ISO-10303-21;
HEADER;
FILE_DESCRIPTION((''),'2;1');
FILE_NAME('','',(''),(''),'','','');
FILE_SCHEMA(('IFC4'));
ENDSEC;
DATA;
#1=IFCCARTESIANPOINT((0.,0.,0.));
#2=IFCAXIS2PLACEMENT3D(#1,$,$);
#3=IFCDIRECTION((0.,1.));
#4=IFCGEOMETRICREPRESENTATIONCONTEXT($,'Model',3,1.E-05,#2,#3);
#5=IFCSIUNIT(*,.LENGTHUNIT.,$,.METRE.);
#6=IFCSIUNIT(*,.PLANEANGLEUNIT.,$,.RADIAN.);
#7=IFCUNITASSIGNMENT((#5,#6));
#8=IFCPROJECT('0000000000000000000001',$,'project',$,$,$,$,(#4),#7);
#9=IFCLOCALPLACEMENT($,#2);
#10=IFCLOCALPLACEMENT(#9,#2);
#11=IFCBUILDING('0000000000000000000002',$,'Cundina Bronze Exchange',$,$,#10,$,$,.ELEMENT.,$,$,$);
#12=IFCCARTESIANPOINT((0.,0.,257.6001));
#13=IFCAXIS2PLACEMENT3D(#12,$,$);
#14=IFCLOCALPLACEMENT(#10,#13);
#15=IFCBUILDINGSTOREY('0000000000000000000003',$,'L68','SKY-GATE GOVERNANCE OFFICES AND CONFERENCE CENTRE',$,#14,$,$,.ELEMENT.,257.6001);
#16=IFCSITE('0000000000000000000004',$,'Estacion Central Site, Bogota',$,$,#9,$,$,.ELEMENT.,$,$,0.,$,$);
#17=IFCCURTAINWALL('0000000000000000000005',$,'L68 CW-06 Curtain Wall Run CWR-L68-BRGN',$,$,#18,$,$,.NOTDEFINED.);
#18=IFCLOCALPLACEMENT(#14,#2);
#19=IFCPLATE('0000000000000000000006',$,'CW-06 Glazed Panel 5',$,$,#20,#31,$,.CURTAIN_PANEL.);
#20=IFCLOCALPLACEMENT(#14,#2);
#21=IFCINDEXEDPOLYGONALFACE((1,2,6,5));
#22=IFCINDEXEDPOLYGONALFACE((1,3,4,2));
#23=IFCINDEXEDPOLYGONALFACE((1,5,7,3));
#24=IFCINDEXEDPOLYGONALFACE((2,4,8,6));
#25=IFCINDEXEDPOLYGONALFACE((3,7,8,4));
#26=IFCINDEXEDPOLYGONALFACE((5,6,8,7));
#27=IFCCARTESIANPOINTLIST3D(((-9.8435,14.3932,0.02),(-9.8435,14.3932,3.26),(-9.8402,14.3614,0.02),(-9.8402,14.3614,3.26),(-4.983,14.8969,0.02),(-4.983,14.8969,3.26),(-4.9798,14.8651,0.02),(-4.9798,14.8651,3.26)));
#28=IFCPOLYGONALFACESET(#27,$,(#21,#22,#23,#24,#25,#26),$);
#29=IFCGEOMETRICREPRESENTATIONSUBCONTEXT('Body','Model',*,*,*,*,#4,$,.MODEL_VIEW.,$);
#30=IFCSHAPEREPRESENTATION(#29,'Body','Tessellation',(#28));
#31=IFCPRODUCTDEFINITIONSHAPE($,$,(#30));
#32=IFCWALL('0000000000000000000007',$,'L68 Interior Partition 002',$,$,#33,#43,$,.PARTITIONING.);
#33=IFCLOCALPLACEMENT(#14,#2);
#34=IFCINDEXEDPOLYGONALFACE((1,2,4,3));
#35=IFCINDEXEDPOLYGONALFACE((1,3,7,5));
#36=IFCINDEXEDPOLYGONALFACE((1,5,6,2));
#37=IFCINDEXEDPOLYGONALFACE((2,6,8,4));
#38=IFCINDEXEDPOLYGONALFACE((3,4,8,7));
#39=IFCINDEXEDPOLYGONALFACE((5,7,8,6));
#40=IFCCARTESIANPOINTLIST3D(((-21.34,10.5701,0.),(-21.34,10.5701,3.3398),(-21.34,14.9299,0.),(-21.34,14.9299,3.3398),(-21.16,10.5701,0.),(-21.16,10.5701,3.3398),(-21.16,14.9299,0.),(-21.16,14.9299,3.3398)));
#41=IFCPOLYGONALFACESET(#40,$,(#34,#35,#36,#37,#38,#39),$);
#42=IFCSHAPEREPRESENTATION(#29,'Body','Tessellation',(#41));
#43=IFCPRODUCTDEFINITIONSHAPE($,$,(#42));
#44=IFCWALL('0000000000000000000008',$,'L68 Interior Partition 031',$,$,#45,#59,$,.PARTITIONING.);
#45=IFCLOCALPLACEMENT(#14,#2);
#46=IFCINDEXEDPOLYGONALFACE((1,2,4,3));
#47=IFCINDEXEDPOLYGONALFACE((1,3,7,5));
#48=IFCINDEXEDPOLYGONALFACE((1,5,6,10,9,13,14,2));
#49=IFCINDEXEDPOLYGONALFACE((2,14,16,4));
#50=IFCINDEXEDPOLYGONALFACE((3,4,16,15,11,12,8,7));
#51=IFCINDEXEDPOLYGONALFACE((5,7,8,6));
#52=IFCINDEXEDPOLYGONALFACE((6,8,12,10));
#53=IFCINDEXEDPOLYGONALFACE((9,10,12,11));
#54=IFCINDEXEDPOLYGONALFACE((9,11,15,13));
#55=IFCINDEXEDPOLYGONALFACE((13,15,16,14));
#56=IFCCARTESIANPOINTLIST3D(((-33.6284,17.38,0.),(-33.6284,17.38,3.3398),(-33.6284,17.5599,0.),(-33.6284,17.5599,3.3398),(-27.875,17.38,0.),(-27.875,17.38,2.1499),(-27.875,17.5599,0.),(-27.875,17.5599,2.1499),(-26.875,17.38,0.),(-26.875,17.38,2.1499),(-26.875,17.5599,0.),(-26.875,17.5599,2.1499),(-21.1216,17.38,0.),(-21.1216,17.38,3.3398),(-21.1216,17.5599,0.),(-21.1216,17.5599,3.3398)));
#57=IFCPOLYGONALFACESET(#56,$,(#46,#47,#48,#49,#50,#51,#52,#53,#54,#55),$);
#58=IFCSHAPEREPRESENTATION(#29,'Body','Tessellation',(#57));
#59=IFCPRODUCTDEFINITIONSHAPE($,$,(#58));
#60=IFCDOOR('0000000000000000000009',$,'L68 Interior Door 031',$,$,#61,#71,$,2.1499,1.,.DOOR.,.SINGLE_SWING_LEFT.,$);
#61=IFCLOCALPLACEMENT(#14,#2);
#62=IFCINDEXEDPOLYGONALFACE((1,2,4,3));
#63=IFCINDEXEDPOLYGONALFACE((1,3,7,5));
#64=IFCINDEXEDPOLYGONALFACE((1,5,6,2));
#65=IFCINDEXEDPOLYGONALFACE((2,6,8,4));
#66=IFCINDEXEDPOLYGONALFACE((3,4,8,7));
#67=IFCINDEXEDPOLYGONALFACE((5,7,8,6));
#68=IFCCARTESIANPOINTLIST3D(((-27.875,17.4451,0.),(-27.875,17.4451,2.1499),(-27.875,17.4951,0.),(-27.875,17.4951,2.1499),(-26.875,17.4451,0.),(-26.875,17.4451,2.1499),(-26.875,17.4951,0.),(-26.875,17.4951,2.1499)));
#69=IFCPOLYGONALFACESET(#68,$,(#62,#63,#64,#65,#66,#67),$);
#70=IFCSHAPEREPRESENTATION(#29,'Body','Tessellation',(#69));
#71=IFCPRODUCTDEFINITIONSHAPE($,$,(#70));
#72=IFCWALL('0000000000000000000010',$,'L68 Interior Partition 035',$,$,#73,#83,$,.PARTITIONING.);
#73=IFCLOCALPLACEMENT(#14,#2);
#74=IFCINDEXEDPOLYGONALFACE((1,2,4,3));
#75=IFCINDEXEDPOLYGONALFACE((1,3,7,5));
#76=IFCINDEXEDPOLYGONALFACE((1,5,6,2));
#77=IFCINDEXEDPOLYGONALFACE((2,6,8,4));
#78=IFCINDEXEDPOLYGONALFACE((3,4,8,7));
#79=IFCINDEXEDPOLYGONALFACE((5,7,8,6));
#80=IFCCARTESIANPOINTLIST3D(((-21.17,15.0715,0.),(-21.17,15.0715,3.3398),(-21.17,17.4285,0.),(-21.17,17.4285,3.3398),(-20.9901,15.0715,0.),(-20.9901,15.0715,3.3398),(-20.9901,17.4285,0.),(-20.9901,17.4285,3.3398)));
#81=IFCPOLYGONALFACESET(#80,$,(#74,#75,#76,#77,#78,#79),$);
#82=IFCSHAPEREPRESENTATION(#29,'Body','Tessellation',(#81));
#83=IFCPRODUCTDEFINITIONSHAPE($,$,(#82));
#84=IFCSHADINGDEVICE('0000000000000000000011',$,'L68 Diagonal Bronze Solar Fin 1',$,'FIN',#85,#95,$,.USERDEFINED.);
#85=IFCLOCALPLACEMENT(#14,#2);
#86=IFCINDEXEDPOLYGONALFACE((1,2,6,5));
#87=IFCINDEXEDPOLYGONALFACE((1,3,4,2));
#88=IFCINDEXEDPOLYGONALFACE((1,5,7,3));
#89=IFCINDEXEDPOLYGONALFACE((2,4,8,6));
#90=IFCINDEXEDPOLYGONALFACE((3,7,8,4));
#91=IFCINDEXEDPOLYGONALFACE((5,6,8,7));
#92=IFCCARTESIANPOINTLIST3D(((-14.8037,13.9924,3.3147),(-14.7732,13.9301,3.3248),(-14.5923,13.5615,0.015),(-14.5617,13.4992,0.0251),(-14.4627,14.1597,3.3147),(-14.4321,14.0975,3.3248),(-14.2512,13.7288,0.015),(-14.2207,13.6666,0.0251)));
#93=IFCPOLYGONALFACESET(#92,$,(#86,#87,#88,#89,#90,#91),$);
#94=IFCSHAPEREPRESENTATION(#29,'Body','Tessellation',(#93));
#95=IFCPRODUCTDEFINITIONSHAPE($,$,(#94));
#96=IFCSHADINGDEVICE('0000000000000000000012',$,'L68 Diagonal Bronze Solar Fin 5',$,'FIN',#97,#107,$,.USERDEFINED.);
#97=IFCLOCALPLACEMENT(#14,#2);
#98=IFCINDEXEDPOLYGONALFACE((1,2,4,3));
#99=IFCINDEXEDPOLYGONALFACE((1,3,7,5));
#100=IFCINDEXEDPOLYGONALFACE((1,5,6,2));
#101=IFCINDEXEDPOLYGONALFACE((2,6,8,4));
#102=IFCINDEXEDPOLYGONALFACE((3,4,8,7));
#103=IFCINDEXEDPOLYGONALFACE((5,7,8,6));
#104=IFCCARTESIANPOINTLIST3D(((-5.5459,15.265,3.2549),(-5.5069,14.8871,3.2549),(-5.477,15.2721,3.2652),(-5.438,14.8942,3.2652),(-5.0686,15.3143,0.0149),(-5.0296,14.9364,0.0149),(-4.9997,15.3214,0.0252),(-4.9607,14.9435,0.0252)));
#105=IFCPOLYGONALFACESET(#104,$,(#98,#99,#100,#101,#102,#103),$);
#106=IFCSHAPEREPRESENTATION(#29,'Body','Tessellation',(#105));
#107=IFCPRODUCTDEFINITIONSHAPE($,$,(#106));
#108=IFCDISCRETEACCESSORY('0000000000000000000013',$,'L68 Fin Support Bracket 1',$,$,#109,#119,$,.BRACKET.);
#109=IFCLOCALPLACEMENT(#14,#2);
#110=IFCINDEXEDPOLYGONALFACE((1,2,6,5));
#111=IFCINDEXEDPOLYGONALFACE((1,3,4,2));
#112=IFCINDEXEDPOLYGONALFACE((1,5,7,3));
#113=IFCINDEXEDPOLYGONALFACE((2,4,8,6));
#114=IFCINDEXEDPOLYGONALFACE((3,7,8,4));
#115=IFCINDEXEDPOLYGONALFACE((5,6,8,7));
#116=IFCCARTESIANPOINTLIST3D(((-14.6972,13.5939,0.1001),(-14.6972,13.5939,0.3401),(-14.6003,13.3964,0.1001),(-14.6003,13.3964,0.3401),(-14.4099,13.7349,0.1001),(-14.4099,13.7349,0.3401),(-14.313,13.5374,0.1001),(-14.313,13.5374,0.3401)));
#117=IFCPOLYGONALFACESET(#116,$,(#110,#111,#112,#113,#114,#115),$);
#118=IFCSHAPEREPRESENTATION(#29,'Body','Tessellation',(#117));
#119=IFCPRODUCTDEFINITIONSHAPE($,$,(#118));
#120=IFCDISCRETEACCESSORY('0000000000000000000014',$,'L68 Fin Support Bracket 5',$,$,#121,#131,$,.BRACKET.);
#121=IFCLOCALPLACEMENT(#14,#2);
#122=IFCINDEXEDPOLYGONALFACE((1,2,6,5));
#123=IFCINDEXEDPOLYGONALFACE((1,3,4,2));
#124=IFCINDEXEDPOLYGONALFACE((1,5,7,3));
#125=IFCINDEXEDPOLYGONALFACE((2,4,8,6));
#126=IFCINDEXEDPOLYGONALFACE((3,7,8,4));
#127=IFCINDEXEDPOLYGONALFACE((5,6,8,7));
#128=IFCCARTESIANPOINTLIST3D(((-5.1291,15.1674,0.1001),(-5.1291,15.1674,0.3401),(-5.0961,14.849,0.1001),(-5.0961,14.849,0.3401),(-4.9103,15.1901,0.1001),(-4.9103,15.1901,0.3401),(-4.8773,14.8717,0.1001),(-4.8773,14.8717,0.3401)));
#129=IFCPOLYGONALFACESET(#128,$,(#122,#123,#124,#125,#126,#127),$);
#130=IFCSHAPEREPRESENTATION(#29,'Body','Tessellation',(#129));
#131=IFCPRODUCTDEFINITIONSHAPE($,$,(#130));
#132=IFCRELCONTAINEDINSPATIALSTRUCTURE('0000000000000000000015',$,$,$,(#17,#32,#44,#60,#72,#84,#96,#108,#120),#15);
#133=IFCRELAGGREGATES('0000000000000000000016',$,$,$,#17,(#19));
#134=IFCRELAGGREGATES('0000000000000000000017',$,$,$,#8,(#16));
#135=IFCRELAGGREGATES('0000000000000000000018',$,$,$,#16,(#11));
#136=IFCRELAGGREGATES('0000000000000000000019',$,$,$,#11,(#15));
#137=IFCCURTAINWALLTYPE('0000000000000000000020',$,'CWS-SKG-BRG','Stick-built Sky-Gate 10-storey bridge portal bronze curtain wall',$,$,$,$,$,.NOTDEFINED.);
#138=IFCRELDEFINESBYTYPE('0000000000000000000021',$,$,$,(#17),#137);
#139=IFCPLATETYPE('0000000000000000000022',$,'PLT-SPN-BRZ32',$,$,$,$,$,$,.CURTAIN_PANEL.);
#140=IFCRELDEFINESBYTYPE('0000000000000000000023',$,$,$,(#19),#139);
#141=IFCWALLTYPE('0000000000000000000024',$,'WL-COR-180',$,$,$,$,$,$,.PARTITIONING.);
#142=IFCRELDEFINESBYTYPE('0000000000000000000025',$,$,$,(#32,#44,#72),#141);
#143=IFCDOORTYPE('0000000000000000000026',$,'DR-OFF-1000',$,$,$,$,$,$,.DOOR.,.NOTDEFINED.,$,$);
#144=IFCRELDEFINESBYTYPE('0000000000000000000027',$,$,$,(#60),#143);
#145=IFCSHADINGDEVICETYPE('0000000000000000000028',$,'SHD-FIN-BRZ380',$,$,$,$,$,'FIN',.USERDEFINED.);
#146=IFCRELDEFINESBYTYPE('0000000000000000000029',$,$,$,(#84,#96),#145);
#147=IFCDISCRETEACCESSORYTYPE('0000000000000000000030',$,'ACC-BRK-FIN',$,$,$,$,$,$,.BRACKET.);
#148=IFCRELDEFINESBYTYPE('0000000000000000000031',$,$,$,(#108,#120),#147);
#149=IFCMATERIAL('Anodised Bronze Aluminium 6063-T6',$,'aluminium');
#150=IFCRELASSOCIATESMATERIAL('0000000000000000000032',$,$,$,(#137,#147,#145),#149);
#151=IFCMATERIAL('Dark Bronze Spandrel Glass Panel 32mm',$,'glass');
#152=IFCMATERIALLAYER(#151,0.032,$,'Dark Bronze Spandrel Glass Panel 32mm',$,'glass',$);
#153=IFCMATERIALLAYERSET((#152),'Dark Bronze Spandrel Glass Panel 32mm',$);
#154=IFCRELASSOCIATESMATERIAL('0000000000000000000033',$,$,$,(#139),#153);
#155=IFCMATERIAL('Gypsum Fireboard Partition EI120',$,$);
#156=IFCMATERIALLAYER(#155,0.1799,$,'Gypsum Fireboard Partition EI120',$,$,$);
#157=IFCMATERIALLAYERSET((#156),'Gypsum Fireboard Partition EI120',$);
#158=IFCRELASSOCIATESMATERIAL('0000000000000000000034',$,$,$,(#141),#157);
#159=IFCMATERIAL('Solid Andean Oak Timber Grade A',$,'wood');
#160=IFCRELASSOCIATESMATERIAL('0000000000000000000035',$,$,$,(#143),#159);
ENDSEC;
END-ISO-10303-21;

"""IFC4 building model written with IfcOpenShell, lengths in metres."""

from ifc_helpers import new_model, si_unit, direction, frame, frame_2d, origin, origin_2d, place, context, subcontext, project, spatial, rectangle, extrude, material, layer, layer_set, material_profile, profile_set, type_object, element, fill, aggregate, save


model = new_model("IFC4")

# Units and contexts
model_context = context("Model", 3, precision=1e-05, world=origin(), true_north=direction((0.0, 1.0)))
body_context = subcontext(model_context, "Body", "Model", "MODEL_VIEW")
ifc_project = project(units=[si_unit("LENGTHUNIT", "METRE"), si_unit("PLANEANGLEUNIT", "RADIAN")], contexts=[model_context])

# Site, building, storey
site_placement = place(None, origin())
site = spatial("IfcSite", under=ifc_project, at=site_placement, Name="Estacion Central Site, Bogota", CompositionType="ELEMENT", RefElevation=0.0)
building_placement = place(site_placement, origin())
building = spatial("IfcBuilding", under=site, at=building_placement, Name="Cundina Bronze Exchange", CompositionType="ELEMENT")
storey_placement = place(building_placement, frame((0.0, 0.0, 257.6001)))
storey = spatial("IfcBuildingStorey", under=building, at=storey_placement, Name="L68", Description="SKY-GATE GOVERNANCE OFFICES AND CONFERENCE CENTRE", CompositionType="ELEMENT", Elevation=257.6001)

# Curtain wall
ifc_material_1 = material(Name="Anodised Bronze Aluminium 6063-T6", Category="aluminium")
curtain_wall_type = type_object("IfcCurtainWallType", Name="CWS-SKG-BRG", Description="Stick-built Sky-Gate 10-storey bridge portal bronze curtain wall", PredefinedType="NOTDEFINED", material=ifc_material_1)
curtain_wall_1_placement = place(storey_placement, origin())
curtain_wall_1 = element("IfcCurtainWall", 1, at=curtain_wall_1_placement, inside=storey, type_object=curtain_wall_type, Name="L68 CW-06 Curtain Wall Run CWR-L68-BRGN", PredefinedType="NOTDEFINED")

# Plate
ifc_material_2 = material(Name="Dark Bronze Spandrel Glass Panel 32mm", Category="glass")
ifc_layer_1 = layer(ifc_material_2, 0.032, Name="Dark Bronze Spandrel Glass Panel 32mm", Category="glass")
ifc_layer_set_1 = layer_set([ifc_layer_1], Name="Dark Bronze Spandrel Glass Panel 32mm")
plate_type_1 = type_object("IfcPlateType", Name="PLT-SPN-BRZ32", PredefinedType="CURTAIN_PANEL", material=ifc_layer_set_1)
plate_1_placement = place(storey_placement, frame((-7.4116, 14.6292, 0.02), z_axis=(0.0, 0.0, 1.0), x_axis=(-0.994672, -0.103088, 0.0)))
plate_1 = element("IfcPlate", 2, at=plate_1_placement, type_object=plate_type_1, Name="CW-06 Glazed Panel 5", PredefinedType="CURTAIN_PANEL", context=body_context, shape_type="SweptSolid", body=[
    extrude(rectangle(XDim=4.8865, YDim=0.032, at=origin_2d()), origin(), (0.0, 0.0, 1.0), 3.24),
])
aggregate(curtain_wall_1, [plate_1])

# Wall
ifc_material_3 = material(Name="Gypsum Fireboard Partition EI120")
ifc_layer_2 = layer(ifc_material_3, 0.1799, Name="Gypsum Fireboard Partition EI120")
ifc_layer_set_2 = layer_set([ifc_layer_2], Name="Gypsum Fireboard Partition EI120")
wall_type = type_object("IfcWallType", Name="WL-COR-180", PredefinedType="PARTITIONING", material=ifc_layer_set_2)
wall_1_placement = place(storey_placement, frame((-21.25, 10.5701, 0.0), z_axis=(0.0, 0.0, 1.0), x_axis=(0.0, 1.0, 0.0)))
element("IfcWall", 3, at=wall_1_placement, inside=storey, type_object=wall_type, Name="L68 Interior Partition 002", PredefinedType="PARTITIONING", context=body_context, shape_type="SweptSolid", body=[
    extrude(rectangle(XDim=4.3599, YDim=0.1799, at=frame_2d((2.1799, 0.0))), origin(), (0.0, 0.0, 1.0), 3.3398),
])

# Wall, opening, door
wall_2_placement = place(storey_placement, frame((-21.1216, 17.47, 0.0), z_axis=(0.0, 0.0, 1.0), x_axis=(-1.0, 0.0, 0.0)))
wall_2 = element("IfcWall", 4, at=wall_2_placement, inside=storey, type_object=wall_type, Name="L68 Interior Partition 031", PredefinedType="PARTITIONING", context=body_context, shape_type="SweptSolid", body=[
    extrude(rectangle(XDim=12.5068, YDim=0.1799, at=frame_2d((6.2534, 0.0))), origin(), (0.0, 0.0, 1.0), 3.3398),
])
opening_placement = place(wall_2_placement, frame((5.7534, 0.0, 0.0)))
opening = element("IfcOpeningElement", 5, at=opening_placement, cuts=wall_2, PredefinedType="OPENING", context=body_context, shape_type="SweptSolid", body=[
    extrude(rectangle(XDim=1.0, YDim=2.1499, at=frame_2d((0.5, 1.075))), frame((0.0, 0.0999, 0.0), z_axis=(0.0, -1.0, 0.0), x_axis=(1.0, 0.0, 0.0)), (0.0, 0.0, 1.0), 0.2),
])
ifc_material_4 = material(Name="Solid Andean Oak Timber Grade A", Category="wood")
door_type = type_object("IfcDoorType", Name="DR-OFF-1000", OperationType="NOTDEFINED", PredefinedType="DOOR", material=ifc_material_4)
door_placement = place(opening_placement, origin())
door = element("IfcDoor", 6, at=door_placement, inside=storey, type_object=door_type, Name="L68 Interior Door 031", OperationType="SINGLE_SWING_LEFT", OverallHeight=2.1499, OverallWidth=1.0, PredefinedType="DOOR", context=body_context, shape_type="SweptSolid", body=[
    extrude(rectangle(XDim=1.0, YDim=2.1499, at=frame_2d((0.5, 1.075))), frame((0.0, 0.0249, 0.0), z_axis=(0.0, -1.0, 0.0), x_axis=(1.0, 0.0, 0.0)), (0.0, 0.0, 1.0), 0.05),
])
fill(opening, door)

# Wall
wall_3_placement = place(storey_placement, frame((-21.0801, 15.0715, 0.0), z_axis=(0.0, 0.0, 1.0), x_axis=(0.0, 1.0, 0.0)))
element("IfcWall", 7, at=wall_3_placement, inside=storey, type_object=wall_type, Name="L68 Interior Partition 035", PredefinedType="PARTITIONING", context=body_context, shape_type="SweptSolid", body=[
    extrude(rectangle(XDim=2.3569, YDim=0.1799, at=frame_2d((1.1785, 0.0))), origin(), (0.0, 0.0, 1.0), 3.3398),
])

# Shading devices
ifc_material_profile_1 = material_profile(ifc_material_1, rectangle(XDim=0.0701, YDim=0.3799, at=origin_2d()), Name="FIN70X380", Category="aluminium")
ifc_profile_set_1 = profile_set([ifc_material_profile_1], Name="Anodised Bronze Aluminium 6063-T6")
shading_device_type = type_object("IfcShadingDeviceType", Name="SHD-FIN-BRZ380", ElementType="FIN", PredefinedType="USERDEFINED", material=ifc_profile_set_1)
shading_device_1_placement = place(storey_placement, frame((-14.4065, 13.614, 0.02), z_axis=(-0.063405, 0.129226, 0.989586), x_axis=(0.4359, -0.88841, 0.143943)))
element("IfcShadingDevice", 8, at=shading_device_1_placement, inside=storey, type_object=shading_device_type, Name="L68 Diagonal Bronze Solar Fin 1", ObjectType="FIN", PredefinedType="USERDEFINED", context=body_context, shape_type="SweptSolid", body=[
    extrude(rectangle(XDim=0.0701, YDim=0.3799, at=origin_2d()), origin(), (0.0, 0.0, 1.0), 3.3345),
])
shading_device_2_placement = place(storey_placement, frame((-5.0146, 15.1289, 0.02), z_axis=(-0.145724, -0.015057, 0.989211), x_axis=(0.983972, 0.101669, 0.1465)))
element("IfcShadingDevice", 9, at=shading_device_2_placement, inside=storey, type_object=shading_device_type, Name="L68 Diagonal Bronze Solar Fin 5", ObjectType="FIN", PredefinedType="USERDEFINED", context=body_context, shape_type="SweptSolid", body=[
    extrude(rectangle(XDim=0.0701, YDim=0.3799, at=origin_2d()), origin(), (0.0, 0.0, 1.0), 3.2754),
])

# Discrete accessories
discrete_accessory_type = type_object("IfcDiscreteAccessoryType", Name="ACC-BRK-FIN", PredefinedType="BRACKET", material=ifc_material_1)
for number, where, z_axis, x_axis, name in (
    (10, (-14.5051, 13.5657, 0.1001), (0.0, 0.0, 1.0), (-0.440503, 0.897751, 0.0), "L68 Fin Support Bracket 1"),
    (11, (-5.0032, 15.0195, 0.1001), (0.0, 0.0, 1.0), (-0.994672, -0.103088, 0.0), "L68 Fin Support Bracket 5"),
):
    element("IfcDiscreteAccessory", number, at=place(storey_placement, frame(where, z_axis=z_axis, x_axis=x_axis)), inside=storey, type_object=discrete_accessory_type, Name=name, PredefinedType="BRACKET", context=body_context, shape_type="SweptSolid", body=[
        extrude(rectangle(XDim=0.22, YDim=0.3201, at=origin_2d()), origin(), (0.0, 0.0, 1.0), 0.24),
    ])

save(model, "model.ifc")
